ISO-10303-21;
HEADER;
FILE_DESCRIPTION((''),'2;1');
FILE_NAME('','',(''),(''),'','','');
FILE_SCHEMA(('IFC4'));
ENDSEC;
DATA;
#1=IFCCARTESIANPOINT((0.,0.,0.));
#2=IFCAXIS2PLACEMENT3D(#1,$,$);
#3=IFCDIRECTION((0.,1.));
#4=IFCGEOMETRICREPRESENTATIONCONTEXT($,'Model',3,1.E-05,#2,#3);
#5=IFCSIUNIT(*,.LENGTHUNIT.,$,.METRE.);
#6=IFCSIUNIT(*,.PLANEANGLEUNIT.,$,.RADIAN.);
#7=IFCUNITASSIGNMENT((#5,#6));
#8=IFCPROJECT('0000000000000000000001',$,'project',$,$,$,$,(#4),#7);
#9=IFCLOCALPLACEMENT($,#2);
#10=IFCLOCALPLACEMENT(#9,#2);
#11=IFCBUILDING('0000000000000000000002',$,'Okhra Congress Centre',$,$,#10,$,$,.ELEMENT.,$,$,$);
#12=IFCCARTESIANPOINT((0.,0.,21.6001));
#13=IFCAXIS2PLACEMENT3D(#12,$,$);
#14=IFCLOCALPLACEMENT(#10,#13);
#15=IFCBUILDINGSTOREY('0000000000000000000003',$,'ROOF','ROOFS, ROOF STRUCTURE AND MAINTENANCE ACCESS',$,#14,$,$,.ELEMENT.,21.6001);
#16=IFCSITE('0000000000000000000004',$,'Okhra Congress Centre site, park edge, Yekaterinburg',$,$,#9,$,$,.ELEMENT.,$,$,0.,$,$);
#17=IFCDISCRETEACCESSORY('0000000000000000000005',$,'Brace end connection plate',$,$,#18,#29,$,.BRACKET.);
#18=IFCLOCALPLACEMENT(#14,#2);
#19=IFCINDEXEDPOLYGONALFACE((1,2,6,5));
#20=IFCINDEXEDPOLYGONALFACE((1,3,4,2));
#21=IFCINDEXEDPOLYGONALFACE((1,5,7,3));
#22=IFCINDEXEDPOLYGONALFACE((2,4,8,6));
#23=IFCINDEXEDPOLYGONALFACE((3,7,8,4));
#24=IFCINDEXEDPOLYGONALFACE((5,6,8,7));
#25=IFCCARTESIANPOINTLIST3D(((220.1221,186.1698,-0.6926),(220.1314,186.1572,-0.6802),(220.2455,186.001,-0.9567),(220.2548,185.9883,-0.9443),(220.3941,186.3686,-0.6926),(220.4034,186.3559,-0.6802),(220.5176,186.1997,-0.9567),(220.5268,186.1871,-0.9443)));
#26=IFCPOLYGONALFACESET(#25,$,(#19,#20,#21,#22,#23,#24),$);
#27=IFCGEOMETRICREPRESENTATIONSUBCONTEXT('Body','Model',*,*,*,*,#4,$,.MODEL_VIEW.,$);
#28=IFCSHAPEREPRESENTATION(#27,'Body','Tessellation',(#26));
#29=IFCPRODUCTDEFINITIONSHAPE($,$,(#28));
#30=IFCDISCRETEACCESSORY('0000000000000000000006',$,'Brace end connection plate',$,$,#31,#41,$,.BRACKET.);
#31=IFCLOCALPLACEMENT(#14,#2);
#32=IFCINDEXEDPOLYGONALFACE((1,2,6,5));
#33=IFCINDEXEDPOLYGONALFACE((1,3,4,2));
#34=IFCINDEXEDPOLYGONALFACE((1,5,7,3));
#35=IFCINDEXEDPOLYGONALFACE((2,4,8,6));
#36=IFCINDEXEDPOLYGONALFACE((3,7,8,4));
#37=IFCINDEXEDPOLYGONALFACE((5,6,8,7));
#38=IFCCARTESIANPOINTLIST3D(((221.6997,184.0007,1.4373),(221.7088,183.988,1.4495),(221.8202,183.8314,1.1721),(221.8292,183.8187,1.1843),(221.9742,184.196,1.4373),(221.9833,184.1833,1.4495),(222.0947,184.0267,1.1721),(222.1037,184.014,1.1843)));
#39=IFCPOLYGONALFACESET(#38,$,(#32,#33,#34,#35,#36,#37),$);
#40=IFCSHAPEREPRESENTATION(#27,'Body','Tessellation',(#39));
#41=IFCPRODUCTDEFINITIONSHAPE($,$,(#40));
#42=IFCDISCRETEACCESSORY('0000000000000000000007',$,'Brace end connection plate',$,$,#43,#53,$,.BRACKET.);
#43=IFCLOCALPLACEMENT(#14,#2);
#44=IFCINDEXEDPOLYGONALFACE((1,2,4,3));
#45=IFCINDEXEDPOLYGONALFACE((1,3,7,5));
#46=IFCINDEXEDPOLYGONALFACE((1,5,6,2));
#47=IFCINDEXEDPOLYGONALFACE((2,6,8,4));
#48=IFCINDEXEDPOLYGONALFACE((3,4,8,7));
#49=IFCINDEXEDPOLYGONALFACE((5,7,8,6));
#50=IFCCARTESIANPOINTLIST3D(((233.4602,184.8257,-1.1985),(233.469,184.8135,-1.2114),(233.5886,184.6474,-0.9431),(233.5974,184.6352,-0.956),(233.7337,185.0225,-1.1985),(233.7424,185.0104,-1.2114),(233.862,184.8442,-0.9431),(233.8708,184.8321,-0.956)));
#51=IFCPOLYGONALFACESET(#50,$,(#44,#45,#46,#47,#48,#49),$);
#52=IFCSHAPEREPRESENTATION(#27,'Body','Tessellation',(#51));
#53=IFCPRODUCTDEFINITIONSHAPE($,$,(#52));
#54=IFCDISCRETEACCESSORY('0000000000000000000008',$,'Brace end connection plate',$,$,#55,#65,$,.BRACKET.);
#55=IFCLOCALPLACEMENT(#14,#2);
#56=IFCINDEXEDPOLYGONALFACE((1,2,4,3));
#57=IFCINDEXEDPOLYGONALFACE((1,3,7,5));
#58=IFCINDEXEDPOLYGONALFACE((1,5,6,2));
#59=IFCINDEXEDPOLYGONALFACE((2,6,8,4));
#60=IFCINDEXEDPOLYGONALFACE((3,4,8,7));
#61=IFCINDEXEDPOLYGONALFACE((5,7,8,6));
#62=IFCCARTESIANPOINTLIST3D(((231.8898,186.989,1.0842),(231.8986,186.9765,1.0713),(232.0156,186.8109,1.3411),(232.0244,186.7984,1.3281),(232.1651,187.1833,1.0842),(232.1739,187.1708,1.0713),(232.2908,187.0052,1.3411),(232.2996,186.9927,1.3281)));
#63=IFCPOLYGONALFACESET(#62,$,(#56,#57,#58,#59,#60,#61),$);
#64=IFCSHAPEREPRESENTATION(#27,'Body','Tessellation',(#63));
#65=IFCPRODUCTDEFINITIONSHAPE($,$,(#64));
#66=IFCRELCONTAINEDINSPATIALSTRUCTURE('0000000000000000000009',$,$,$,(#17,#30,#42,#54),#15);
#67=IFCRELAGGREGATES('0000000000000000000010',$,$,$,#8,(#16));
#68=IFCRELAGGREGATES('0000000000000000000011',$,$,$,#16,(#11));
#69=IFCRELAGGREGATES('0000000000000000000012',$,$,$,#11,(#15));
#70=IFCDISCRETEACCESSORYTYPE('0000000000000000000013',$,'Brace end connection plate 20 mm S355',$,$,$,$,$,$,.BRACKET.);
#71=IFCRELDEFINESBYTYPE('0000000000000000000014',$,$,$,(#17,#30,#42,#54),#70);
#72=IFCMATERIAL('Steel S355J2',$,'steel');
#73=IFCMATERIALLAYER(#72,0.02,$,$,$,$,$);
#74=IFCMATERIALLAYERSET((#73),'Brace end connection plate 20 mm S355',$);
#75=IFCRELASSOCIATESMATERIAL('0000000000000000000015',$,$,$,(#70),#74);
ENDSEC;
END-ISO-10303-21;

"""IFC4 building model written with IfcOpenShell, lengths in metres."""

from ifc_helpers import new_model, si_unit, direction, frame, origin, origin_2d, place, context, subcontext, project, spatial, rectangle, extrude, material, layer, layer_set, type_object, element, save


model = new_model("IFC4")

# Units and contexts
model_context = context("Model", 3, precision=1e-05, world=origin(), true_north=direction((0.0, 1.0)))
body_context = subcontext(model_context, "Body", "Model", "MODEL_VIEW")
ifc_project = project(units=[si_unit("LENGTHUNIT", "METRE"), si_unit("PLANEANGLEUNIT", "RADIAN")], contexts=[model_context])

# Site, building, storey
site_placement = place(None, origin())
site = spatial("IfcSite", under=ifc_project, at=site_placement, Name="Okhra Congress Centre site, park edge, Yekaterinburg", CompositionType="ELEMENT", RefElevation=0.0)
building_placement = place(site_placement, origin())
building = spatial("IfcBuilding", under=site, at=building_placement, Name="Okhra Congress Centre", CompositionType="ELEMENT")
storey_placement = place(building_placement, frame((0.0, 0.0, 21.6001)))
storey = spatial("IfcBuildingStorey", under=building, at=storey_placement, Name="ROOF", Description="ROOFS, ROOF STRUCTURE AND MAINTENANCE ACCESS", CompositionType="ELEMENT", Elevation=21.6001)

# Shared definitions
ifc_material_1 = material(Name="Steel S355J2", Category="steel")

# Discrete accessories
ifc_layer = layer(ifc_material_1, 0.02)
ifc_layer_set = layer_set([ifc_layer], Name="Brace end connection plate 20 mm S355")
discrete_accessory_type = type_object("IfcDiscreteAccessoryType", Name="Brace end connection plate 20 mm S355", PredefinedType="BRACKET", material=ifc_layer_set)
for number, where, z_axis, x_axis, name in (
    (1, (220.3291, 186.1721, -0.8123), (-0.462556, 0.632971, -0.620798), (-0.807391, -0.590017, 0.0), "Brace end connection plate"),
):
    element("IfcDiscreteAccessory", number, at=place(storey_placement, frame(where, z_axis=z_axis, x_axis=x_axis)), inside=storey, type_object=discrete_accessory_type, Name=name, PredefinedType="BRACKET", context=body_context, shape_type="SweptSolid", body=[
        extrude(rectangle(XDim=0.3369, YDim=0.3369, at=origin_2d()), origin(), (0.0, 0.0, 1.0), 0.02),
    ])
for number, where, z_axis, x_axis, name in (
    (2, (221.8972, 184.0137, 1.3047), (0.456373, -0.641389, 0.61672), (0.814791, 0.579755, 0.0), "Brace end connection plate"),
    (3, (233.6611, 184.835, -1.0708), (0.442962, -0.615224, -0.652138), (0.811534, 0.584305, 0.0), "Brace end connection plate"),
):
    element("IfcDiscreteAccessory", number, at=place(storey_placement, frame(where, z_axis=z_axis, x_axis=x_axis)), inside=storey, type_object=discrete_accessory_type, Name=name, PredefinedType="BRACKET", context=body_context, shape_type="SweptSolid", body=[
        extrude(rectangle(XDim=0.3369, YDim=0.3369, at=origin_2d()), origin(), (0.0, 0.0, 1.0), 0.0198),
    ])
discrete_accessory_1_placement = place(storey_placement, frame((232.0991, 186.9846, 1.1997), z_axis=(-0.439613, 0.622785, 0.647208), x_axis=(-0.816968, -0.576683, 0.0)))
element("IfcDiscreteAccessory", 4, at=discrete_accessory_1_placement, inside=storey, type_object=discrete_accessory_type, Name="Brace end connection plate", PredefinedType="BRACKET", context=body_context, shape_type="SweptSolid", body=[
    extrude(rectangle(XDim=0.3369, YDim=0.3369, at=origin_2d()), origin(), (0.0, 0.0, 1.0), 0.02),
])

save(model, "model.ifc")
